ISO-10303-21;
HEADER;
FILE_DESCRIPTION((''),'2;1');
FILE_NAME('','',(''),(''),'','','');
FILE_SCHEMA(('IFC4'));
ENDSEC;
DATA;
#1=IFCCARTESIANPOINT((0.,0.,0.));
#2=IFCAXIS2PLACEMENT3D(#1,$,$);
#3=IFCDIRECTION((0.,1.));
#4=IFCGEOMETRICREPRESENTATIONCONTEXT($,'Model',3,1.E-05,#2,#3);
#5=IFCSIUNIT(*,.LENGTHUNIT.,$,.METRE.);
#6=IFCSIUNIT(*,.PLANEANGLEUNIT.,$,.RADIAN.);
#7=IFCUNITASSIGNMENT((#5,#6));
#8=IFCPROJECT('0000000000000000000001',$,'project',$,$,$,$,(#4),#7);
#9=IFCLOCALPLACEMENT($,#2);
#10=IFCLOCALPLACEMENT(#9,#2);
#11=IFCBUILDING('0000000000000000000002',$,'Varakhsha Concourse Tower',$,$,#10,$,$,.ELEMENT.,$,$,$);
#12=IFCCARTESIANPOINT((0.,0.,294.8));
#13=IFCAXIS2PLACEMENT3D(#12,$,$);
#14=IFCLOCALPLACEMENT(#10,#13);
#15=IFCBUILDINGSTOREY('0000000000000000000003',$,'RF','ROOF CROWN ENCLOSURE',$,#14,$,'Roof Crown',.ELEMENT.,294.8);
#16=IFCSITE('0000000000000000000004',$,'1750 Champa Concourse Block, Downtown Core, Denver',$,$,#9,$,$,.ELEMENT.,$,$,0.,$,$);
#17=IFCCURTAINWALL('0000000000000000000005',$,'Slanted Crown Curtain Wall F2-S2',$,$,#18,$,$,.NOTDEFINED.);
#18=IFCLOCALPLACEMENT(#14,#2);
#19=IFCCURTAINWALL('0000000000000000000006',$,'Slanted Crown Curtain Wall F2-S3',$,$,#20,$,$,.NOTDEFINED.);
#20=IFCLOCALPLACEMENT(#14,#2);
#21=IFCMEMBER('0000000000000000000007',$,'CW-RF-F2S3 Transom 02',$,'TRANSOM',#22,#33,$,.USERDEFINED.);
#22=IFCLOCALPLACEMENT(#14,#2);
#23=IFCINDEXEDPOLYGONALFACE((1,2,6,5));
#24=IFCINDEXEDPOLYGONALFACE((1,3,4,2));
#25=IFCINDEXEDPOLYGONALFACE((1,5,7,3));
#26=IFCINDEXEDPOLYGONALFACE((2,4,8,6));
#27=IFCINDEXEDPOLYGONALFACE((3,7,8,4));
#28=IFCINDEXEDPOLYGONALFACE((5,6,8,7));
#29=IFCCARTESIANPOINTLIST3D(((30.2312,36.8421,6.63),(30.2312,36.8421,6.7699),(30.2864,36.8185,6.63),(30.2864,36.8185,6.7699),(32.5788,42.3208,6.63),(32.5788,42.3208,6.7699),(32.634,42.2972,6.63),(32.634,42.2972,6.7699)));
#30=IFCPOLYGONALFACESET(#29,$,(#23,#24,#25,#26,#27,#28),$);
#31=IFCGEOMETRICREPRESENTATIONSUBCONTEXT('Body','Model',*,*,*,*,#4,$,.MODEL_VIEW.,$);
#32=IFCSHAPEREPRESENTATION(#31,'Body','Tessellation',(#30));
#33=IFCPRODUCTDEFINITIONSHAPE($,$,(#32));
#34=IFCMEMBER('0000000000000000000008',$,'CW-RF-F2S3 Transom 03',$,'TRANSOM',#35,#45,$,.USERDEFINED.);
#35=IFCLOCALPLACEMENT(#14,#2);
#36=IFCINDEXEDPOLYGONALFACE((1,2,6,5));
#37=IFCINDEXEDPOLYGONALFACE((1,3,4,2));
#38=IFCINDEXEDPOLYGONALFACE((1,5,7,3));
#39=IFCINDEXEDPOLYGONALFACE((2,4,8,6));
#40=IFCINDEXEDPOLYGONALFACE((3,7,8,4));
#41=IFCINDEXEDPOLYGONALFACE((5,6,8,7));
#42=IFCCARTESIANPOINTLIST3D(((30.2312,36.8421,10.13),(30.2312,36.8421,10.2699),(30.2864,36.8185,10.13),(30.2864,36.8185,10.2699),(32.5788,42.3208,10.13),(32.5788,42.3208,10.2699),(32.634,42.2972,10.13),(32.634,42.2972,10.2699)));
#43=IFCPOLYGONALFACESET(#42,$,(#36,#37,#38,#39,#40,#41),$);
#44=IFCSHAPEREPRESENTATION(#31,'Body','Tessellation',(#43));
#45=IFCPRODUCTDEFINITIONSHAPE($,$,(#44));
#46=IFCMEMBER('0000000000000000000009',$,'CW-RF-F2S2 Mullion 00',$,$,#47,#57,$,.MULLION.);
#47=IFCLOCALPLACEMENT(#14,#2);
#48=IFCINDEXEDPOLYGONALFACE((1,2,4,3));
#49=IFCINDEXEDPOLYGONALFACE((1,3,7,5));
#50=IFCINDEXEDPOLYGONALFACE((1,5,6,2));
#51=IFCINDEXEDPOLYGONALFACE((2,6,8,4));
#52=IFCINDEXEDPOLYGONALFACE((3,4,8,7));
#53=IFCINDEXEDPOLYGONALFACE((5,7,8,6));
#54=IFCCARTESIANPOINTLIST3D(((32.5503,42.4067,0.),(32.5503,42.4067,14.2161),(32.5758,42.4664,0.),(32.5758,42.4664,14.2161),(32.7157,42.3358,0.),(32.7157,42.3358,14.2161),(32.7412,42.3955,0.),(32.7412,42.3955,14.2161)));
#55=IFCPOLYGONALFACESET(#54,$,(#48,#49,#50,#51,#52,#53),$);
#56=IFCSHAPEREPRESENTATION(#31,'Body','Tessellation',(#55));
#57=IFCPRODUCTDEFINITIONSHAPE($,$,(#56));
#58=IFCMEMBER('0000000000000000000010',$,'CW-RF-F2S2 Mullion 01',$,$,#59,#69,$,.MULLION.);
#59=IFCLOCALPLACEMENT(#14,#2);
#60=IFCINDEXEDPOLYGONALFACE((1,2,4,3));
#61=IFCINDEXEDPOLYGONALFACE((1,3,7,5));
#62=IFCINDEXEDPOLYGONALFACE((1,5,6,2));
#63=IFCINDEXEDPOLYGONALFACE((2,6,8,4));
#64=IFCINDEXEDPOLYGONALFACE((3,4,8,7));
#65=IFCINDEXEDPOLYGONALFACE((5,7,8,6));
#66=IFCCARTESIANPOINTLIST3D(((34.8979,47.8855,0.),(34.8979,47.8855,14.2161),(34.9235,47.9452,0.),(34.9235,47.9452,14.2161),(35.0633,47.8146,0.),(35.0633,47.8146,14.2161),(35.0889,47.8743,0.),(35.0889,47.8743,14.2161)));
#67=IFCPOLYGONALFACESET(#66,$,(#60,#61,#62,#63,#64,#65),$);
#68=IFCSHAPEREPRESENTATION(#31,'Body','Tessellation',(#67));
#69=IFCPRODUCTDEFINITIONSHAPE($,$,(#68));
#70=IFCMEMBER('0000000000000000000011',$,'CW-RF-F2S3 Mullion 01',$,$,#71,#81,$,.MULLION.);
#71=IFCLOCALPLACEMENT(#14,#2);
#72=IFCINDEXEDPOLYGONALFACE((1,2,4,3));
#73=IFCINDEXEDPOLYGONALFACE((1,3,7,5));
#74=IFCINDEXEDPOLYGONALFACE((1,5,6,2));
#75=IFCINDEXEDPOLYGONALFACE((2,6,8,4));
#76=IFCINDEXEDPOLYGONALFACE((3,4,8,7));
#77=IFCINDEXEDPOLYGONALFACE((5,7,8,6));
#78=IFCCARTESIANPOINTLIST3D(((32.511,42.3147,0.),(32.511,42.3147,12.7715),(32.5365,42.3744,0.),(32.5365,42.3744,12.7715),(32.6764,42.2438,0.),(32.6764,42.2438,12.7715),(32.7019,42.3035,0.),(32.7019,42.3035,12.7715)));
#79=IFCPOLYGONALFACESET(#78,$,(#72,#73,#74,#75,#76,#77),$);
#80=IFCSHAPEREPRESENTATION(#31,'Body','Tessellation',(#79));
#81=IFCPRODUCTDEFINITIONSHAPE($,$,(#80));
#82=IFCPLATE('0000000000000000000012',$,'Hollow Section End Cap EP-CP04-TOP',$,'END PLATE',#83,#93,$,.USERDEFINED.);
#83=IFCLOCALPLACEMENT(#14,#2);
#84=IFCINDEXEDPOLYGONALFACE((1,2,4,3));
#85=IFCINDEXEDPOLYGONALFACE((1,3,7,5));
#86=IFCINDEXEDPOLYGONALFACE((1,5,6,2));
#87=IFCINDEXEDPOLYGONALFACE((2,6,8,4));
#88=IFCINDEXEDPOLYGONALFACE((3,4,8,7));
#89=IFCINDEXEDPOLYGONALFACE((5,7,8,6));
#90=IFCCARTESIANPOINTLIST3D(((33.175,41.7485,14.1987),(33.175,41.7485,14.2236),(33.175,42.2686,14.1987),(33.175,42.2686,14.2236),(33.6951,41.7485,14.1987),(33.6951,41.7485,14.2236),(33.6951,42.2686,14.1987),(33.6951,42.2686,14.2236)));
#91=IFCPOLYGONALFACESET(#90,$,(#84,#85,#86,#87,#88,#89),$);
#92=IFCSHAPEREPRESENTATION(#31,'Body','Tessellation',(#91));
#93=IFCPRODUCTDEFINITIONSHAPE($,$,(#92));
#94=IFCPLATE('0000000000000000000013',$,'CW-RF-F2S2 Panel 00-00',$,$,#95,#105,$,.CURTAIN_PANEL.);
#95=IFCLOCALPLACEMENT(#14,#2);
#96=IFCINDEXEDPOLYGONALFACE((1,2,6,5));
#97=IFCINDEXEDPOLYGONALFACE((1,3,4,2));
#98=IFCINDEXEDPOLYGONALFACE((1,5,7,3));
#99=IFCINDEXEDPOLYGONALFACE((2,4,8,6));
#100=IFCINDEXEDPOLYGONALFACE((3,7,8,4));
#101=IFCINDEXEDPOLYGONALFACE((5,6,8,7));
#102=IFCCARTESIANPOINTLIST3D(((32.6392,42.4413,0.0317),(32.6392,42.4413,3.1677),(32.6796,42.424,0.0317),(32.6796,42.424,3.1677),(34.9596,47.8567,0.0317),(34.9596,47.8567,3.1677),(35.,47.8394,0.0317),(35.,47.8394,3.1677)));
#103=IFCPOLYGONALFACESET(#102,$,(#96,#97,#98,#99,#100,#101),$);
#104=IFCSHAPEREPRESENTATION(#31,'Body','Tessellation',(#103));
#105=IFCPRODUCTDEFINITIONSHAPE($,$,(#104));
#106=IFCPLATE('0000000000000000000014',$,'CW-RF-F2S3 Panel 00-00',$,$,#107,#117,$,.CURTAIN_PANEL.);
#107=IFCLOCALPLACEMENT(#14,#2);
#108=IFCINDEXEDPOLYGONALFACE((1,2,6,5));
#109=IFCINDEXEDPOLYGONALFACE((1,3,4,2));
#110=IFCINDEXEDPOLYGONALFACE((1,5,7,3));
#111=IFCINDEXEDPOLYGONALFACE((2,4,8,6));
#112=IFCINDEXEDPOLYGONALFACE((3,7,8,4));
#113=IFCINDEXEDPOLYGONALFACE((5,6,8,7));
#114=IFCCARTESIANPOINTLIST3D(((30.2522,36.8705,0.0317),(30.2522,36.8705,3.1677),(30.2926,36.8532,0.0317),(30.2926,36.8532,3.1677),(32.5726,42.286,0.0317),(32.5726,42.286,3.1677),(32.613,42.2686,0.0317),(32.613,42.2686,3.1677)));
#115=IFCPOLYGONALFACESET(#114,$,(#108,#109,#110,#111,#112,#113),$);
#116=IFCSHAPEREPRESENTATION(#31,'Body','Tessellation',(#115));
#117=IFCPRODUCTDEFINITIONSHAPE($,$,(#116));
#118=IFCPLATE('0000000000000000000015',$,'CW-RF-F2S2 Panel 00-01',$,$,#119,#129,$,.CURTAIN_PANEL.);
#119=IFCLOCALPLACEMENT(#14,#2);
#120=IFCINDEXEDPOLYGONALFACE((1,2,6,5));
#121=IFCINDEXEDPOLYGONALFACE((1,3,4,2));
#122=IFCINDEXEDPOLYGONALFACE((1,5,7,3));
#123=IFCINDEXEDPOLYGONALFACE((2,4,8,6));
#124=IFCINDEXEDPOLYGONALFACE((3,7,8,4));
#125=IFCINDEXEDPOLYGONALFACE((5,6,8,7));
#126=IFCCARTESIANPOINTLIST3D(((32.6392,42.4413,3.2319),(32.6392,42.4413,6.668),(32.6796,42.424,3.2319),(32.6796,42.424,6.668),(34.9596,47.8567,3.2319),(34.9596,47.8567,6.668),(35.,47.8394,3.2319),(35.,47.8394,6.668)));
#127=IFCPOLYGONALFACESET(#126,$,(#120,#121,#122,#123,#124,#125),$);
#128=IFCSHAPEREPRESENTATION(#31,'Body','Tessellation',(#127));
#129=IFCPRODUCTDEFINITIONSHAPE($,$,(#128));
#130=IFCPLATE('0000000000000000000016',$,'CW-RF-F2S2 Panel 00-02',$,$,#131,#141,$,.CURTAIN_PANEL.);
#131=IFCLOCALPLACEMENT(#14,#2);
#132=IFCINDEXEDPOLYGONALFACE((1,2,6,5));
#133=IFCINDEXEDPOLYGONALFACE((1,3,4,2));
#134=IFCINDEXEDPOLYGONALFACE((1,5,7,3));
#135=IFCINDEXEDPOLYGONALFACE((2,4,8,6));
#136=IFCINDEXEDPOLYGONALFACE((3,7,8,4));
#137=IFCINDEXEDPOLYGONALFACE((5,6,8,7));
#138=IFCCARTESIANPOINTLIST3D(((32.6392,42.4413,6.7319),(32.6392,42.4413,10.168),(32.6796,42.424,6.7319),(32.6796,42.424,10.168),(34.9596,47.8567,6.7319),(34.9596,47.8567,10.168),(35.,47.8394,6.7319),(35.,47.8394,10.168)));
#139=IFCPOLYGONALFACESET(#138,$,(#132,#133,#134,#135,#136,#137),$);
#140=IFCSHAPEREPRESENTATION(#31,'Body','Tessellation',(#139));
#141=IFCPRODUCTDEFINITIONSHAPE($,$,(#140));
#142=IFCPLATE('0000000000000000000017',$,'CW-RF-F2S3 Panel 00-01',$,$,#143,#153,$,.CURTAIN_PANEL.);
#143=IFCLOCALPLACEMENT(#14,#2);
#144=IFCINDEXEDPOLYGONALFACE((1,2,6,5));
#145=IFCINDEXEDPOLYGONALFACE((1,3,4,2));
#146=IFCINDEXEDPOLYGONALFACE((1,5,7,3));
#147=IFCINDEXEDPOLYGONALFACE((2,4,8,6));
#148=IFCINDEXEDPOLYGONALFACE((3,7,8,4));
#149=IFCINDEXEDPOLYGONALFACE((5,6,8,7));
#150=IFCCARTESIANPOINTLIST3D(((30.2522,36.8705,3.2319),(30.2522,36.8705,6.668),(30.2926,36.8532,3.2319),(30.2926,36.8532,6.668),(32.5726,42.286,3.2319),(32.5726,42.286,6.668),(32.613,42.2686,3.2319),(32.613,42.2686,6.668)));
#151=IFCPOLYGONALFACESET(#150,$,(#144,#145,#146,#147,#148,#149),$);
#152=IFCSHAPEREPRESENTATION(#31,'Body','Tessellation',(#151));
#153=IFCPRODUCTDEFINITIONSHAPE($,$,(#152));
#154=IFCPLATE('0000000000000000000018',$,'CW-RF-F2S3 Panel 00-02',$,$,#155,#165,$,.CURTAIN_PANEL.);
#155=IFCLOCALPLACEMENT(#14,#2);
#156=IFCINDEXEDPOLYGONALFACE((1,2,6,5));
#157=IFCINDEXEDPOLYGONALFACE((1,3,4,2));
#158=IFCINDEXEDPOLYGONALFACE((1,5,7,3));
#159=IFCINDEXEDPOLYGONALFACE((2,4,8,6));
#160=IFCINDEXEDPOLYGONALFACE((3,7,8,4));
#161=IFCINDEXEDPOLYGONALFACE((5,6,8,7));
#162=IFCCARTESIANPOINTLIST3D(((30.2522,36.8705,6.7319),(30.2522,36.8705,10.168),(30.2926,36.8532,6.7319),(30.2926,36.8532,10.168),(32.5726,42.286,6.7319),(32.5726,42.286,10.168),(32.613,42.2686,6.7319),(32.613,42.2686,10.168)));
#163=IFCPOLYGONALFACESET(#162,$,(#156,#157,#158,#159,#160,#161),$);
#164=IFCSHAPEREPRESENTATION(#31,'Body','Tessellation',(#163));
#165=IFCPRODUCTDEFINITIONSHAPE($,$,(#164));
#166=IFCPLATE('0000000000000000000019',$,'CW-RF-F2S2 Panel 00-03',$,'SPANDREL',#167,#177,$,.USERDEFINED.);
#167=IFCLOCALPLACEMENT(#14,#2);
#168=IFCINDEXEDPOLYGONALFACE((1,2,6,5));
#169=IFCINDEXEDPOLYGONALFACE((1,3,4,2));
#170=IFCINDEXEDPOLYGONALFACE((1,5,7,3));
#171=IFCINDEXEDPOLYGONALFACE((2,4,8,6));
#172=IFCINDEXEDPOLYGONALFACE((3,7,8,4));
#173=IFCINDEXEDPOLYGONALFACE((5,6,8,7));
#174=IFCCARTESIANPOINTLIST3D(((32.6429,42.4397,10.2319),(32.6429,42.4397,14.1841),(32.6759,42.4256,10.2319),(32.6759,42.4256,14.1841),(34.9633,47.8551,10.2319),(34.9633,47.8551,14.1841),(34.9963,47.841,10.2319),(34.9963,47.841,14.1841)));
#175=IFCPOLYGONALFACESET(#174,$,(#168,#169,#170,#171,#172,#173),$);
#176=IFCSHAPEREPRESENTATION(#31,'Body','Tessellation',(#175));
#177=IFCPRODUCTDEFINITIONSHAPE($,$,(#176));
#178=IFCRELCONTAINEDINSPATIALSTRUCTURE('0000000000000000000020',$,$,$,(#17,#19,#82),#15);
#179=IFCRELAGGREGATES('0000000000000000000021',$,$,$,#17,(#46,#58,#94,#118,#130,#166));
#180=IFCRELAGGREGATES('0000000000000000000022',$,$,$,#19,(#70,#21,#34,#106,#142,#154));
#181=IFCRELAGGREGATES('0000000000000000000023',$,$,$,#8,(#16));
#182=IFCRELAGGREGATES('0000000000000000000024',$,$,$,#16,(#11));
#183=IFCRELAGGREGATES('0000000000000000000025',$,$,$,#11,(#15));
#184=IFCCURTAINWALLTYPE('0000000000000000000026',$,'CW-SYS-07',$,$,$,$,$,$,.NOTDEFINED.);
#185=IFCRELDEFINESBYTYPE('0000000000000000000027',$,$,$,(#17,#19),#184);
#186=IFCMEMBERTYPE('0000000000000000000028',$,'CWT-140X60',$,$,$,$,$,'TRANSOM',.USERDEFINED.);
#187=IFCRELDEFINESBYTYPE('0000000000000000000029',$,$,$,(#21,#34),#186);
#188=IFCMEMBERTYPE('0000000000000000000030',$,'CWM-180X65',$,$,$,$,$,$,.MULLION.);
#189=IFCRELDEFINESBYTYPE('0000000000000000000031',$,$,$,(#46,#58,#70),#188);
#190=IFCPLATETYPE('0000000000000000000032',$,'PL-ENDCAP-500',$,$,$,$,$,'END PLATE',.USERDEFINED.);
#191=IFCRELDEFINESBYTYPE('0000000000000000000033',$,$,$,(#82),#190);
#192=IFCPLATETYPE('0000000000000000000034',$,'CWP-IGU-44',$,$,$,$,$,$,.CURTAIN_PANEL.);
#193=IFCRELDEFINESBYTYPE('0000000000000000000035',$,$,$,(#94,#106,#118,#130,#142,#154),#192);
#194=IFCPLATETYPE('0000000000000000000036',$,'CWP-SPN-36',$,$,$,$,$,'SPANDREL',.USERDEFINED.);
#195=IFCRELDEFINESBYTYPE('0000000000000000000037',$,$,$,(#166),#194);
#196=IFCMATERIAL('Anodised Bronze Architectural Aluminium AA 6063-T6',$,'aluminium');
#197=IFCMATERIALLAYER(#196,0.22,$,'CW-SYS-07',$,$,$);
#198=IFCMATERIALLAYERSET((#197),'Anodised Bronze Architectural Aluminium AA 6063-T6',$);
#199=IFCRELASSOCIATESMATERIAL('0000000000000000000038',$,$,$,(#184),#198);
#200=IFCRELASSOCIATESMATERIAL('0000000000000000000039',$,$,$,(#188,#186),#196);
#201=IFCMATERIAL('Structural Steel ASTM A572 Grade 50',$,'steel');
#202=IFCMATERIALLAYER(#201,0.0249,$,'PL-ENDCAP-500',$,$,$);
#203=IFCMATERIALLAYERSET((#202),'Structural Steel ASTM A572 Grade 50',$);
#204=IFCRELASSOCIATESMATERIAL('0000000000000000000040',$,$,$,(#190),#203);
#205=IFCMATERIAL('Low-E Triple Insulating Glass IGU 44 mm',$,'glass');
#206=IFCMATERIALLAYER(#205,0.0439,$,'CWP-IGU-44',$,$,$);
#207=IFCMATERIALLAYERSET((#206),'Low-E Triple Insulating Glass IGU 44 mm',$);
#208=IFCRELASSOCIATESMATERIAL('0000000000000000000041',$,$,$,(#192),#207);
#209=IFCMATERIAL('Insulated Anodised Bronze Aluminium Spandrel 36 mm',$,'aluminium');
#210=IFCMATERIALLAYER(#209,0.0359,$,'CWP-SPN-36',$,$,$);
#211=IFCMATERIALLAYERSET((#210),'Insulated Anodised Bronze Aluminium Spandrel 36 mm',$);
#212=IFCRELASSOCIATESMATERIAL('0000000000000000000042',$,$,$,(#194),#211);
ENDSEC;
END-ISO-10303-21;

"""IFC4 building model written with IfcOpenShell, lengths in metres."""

from ifc_helpers import new_model, si_unit, direction, frame, origin, origin_2d, place, context, subcontext, project, spatial, rectangle, extrude, source, transform, mapped, material, layer, layer_set, material_profile, profile_set, type_object, type_shapes, element, aggregate, save


model = new_model("IFC4")

# Units and contexts
model_context = context("Model", 3, precision=1e-05, world=origin(), true_north=direction((0.0, 1.0)))
body_context = subcontext(model_context, "Body", "Model", "MODEL_VIEW")
ifc_project = project(units=[si_unit("LENGTHUNIT", "METRE"), si_unit("PLANEANGLEUNIT", "RADIAN")], contexts=[model_context])

# Site, building, storey
site_placement = place(None, origin())
site = spatial("IfcSite", under=ifc_project, at=site_placement, Name="1750 Champa Concourse Block, Downtown Core, Denver", CompositionType="ELEMENT", RefElevation=0.0)
building_placement = place(site_placement, origin())
building = spatial("IfcBuilding", under=site, at=building_placement, Name="Varakhsha Concourse Tower", CompositionType="ELEMENT")
storey_placement = place(building_placement, frame((0.0, 0.0, 294.8)))
storey = spatial("IfcBuildingStorey", under=building, at=storey_placement, Name="RF", Description="ROOF CROWN ENCLOSURE", LongName="Roof Crown", CompositionType="ELEMENT", Elevation=294.8)

# Shared definitions
ifc_material_1 = material(Name="Structural Steel ASTM A572 Grade 50", Category="steel")

# Shared definitions
ifc_material_2 = material(Name="Anodised Bronze Architectural Aluminium AA 6063-T6", Category="aluminium")
ifc_layer_1 = layer(ifc_material_2, 0.22, Name="CW-SYS-07")
ifc_layer_set_1 = layer_set([ifc_layer_1], Name="Anodised Bronze Architectural Aluminium AA 6063-T6")
curtain_wall_type = type_object("IfcCurtainWallType", Name="CW-SYS-07", PredefinedType="NOTDEFINED", material=ifc_layer_set_1)
ifc_material_profile_1 = material_profile(ifc_material_2, rectangle(XDim=0.0649, YDim=0.1799, at=origin_2d()), Name="CWM-180X65")
ifc_profile_set_1 = profile_set([ifc_material_profile_1], Name="Anodised Bronze Architectural Aluminium AA 6063-T6")
member_type_1 = type_object("IfcMemberType", Name="CWM-180X65", PredefinedType="MULLION", material=ifc_profile_set_1)

# Curtain walls, members
curtain_wall_1_placement = place(storey_placement, origin())
curtain_wall_1 = element("IfcCurtainWall", 1, at=curtain_wall_1_placement, inside=storey, type_object=curtain_wall_type, Name="Slanted Crown Curtain Wall F2-S2", PredefinedType="NOTDEFINED")
ifc_material_profile_2 = material_profile(ifc_material_2, rectangle(XDim=0.0601, YDim=0.1399, at=origin_2d()), Name="CWT-140X60")
ifc_profile_set_2 = profile_set([ifc_material_profile_2], Name="Anodised Bronze Architectural Aluminium AA 6063-T6")
member_type_2 = type_object("IfcMemberType", Name="CWT-140X60", ElementType="TRANSOM", PredefinedType="USERDEFINED", material=ifc_profile_set_2)
shared_shape_1 = source(origin(), body_context, "Body", "SweptSolid", [
    extrude(rectangle(XDim=0.0601, YDim=0.1399, at=origin_2d()), origin(), (0.0, 0.0, 1.0), 5.9604),
])
type_shapes(member_type_2, [shared_shape_1])
curtain_wall_2_placement = place(storey_placement, origin())
curtain_wall_2 = element("IfcCurtainWall", 2, at=curtain_wall_2_placement, inside=storey, type_object=curtain_wall_type, Name="Slanted Crown Curtain Wall F2-S3", PredefinedType="NOTDEFINED")
member_1_placement = place(storey_placement, frame((30.2588, 36.8303, 6.7), z_axis=(0.393865, 0.919168, 0.0), x_axis=(-0.919168, 0.393865, 0.0)))
member_1 = element("IfcMember", 3, at=member_1_placement, type_object=member_type_2, Name="CW-RF-F2S3 Transom 02", ObjectType="TRANSOM", PredefinedType="USERDEFINED", context=body_context, shape_type="MappedRepresentation", body=[
    mapped(shared_shape_1, transform((0.0, 0.0, 0.0), scale=1.0)),
])
member_2_placement = place(storey_placement, frame((30.2588, 36.8303, 10.2), z_axis=(0.393865, 0.919168, 0.0), x_axis=(-0.919168, 0.393865, 0.0)))
member_2 = element("IfcMember", 4, at=member_2_placement, type_object=member_type_2, Name="CW-RF-F2S3 Transom 03", ObjectType="TRANSOM", PredefinedType="USERDEFINED", context=body_context, shape_type="MappedRepresentation", body=[
    mapped(shared_shape_1, transform((0.0, 0.0, 0.0), scale=1.0)),
])

# Members
shared_shape_2 = source(origin(), body_context, "Body", "SweptSolid", [
    extrude(rectangle(XDim=0.0649, YDim=0.1799, at=origin_2d()), origin(), (0.0, 0.0, 1.0), 14.2161),
])
member_3_placement = place(storey_placement, frame((32.6458, 42.4011, 0.0), z_axis=(0.0, 0.0, 1.0), x_axis=(0.393855, 0.919172, 0.0)))
member_3 = element("IfcMember", 5, at=member_3_placement, type_object=member_type_1, Name="CW-RF-F2S2 Mullion 00", PredefinedType="MULLION", context=body_context, shape_type="MappedRepresentation", body=[
    mapped(shared_shape_2, transform((0.0, 0.0, 0.0), scale=1.0)),
])
member_4_placement = place(storey_placement, frame((34.9934, 47.8799, 0.0), z_axis=(0.0, 0.0, 1.0), x_axis=(0.393855, 0.919172, 0.0)))
member_4 = element("IfcMember", 6, at=member_4_placement, type_object=member_type_1, Name="CW-RF-F2S2 Mullion 01", PredefinedType="MULLION", context=body_context, shape_type="MappedRepresentation", body=[
    mapped(shared_shape_2, transform((0.0, 0.0, 0.0), scale=1.0)),
])
shared_shape_3 = source(origin(), body_context, "Body", "SweptSolid", [
    extrude(rectangle(XDim=0.0649, YDim=0.1799, at=origin_2d()), origin(), (0.0, 0.0, 1.0), 12.7715),
])
member_5_placement = place(storey_placement, frame((32.6064, 42.3091, 0.0), z_axis=(0.0, 0.0, 1.0), x_axis=(0.393841, 0.919179, 0.0)))
member_5 = element("IfcMember", 7, at=member_5_placement, type_object=member_type_1, Name="CW-RF-F2S3 Mullion 01", PredefinedType="MULLION", context=body_context, shape_type="MappedRepresentation", body=[
    mapped(shared_shape_3, transform((0.0, 0.0, 0.0), scale=1.0)),
])

# Plates
ifc_layer_2 = layer(ifc_material_1, 0.0249, Name="PL-ENDCAP-500")
ifc_layer_set_2 = layer_set([ifc_layer_2], Name="Structural Steel ASTM A572 Grade 50")
plate_type_1 = type_object("IfcPlateType", Name="PL-ENDCAP-500", ElementType="END PLATE", PredefinedType="USERDEFINED", material=ifc_layer_set_2)
shared_shape_4 = source(origin(), body_context, "Body", "SweptSolid", [
    extrude(rectangle(XDim=0.52, YDim=0.52, at=origin_2d()), origin(), (0.0, 0.0, 1.0), 0.0249),
])
type_shapes(plate_type_1, [shared_shape_4])
plate_1_placement = place(storey_placement, frame((33.4351, 42.0085, 14.1987), z_axis=(0.0, 0.0, 1.0), x_axis=(1.0, 0.0, 0.0)))
element("IfcPlate", 8, at=plate_1_placement, inside=storey, type_object=plate_type_1, Name="Hollow Section End Cap EP-CP04-TOP", ObjectType="END PLATE", PredefinedType="USERDEFINED", context=body_context, shape_type="MappedRepresentation", body=[
    mapped(shared_shape_4, transform((0.0, 0.0, 0.0), scale=1.0)),
])
ifc_material_3 = material(Name="Low-E Triple Insulating Glass IGU 44 mm", Category="glass")
ifc_layer_3 = layer(ifc_material_3, 0.0439, Name="CWP-IGU-44")
ifc_layer_set_3 = layer_set([ifc_layer_3], Name="Low-E Triple Insulating Glass IGU 44 mm")
plate_type_2 = type_object("IfcPlateType", Name="CWP-IGU-44", PredefinedType="CURTAIN_PANEL", material=ifc_layer_set_3)
shared_shape_5 = source(origin(), body_context, "Body", "SweptSolid", [
    extrude(rectangle(XDim=5.8916, YDim=0.0439, at=origin_2d()), origin(), (0.0, 0.0, 1.0), 3.136),
])
plate_2_placement = place(storey_placement, frame((33.8196, 45.1404, 0.0317), z_axis=(0.0, 0.0, 1.0), x_axis=(0.393855, 0.919172, 0.0)))
plate_2 = element("IfcPlate", 9, at=plate_2_placement, type_object=plate_type_2, Name="CW-RF-F2S2 Panel 00-00", PredefinedType="CURTAIN_PANEL", context=body_context, shape_type="MappedRepresentation", body=[
    mapped(shared_shape_5, transform((0.0, 0.0, 0.0), scale=1.0)),
])
plate_3_placement = place(storey_placement, frame((31.4326, 39.5696, 0.0317), z_axis=(0.0, 0.0, 1.0), x_axis=(0.393841, 0.919179, 0.0)))
plate_3 = element("IfcPlate", 10, at=plate_3_placement, type_object=plate_type_2, Name="CW-RF-F2S3 Panel 00-00", PredefinedType="CURTAIN_PANEL", context=body_context, shape_type="MappedRepresentation", body=[
    mapped(shared_shape_5, transform((0.0, 0.0, 0.0), scale=1.0)),
])
shared_shape_6 = source(origin(), body_context, "Body", "SweptSolid", [
    extrude(rectangle(XDim=5.8916, YDim=0.0439, at=origin_2d()), origin(), (0.0, 0.0, 1.0), 3.436),
])
type_shapes(plate_type_2, [shared_shape_5, shared_shape_6])
plate_4_placement = place(storey_placement, frame((33.8196, 45.1404, 3.2319), z_axis=(0.0, 0.0, 1.0), x_axis=(0.393855, 0.919172, 0.0)))
plate_4 = element("IfcPlate", 11, at=plate_4_placement, type_object=plate_type_2, Name="CW-RF-F2S2 Panel 00-01", PredefinedType="CURTAIN_PANEL", context=body_context, shape_type="MappedRepresentation", body=[
    mapped(shared_shape_6, transform((0.0, 0.0, 0.0), scale=1.0)),
])
plate_5_placement = place(storey_placement, frame((33.8196, 45.1404, 6.7319), z_axis=(0.0, 0.0, 1.0), x_axis=(0.393855, 0.919172, 0.0)))
plate_5 = element("IfcPlate", 12, at=plate_5_placement, type_object=plate_type_2, Name="CW-RF-F2S2 Panel 00-02", PredefinedType="CURTAIN_PANEL", context=body_context, shape_type="MappedRepresentation", body=[
    mapped(shared_shape_6, transform((0.0, 0.0, 0.0), scale=1.0)),
])
plate_6_placement = place(storey_placement, frame((31.4326, 39.5696, 3.2319), z_axis=(0.0, 0.0, 1.0), x_axis=(0.393841, 0.919179, 0.0)))
plate_6 = element("IfcPlate", 13, at=plate_6_placement, type_object=plate_type_2, Name="CW-RF-F2S3 Panel 00-01", PredefinedType="CURTAIN_PANEL", context=body_context, shape_type="MappedRepresentation", body=[
    mapped(shared_shape_6, transform((0.0, 0.0, 0.0), scale=1.0)),
])
plate_7_placement = place(storey_placement, frame((31.4326, 39.5696, 6.7319), z_axis=(0.0, 0.0, 1.0), x_axis=(0.393841, 0.919179, 0.0)))
plate_7 = element("IfcPlate", 14, at=plate_7_placement, type_object=plate_type_2, Name="CW-RF-F2S3 Panel 00-02", PredefinedType="CURTAIN_PANEL", context=body_context, shape_type="MappedRepresentation", body=[
    mapped(shared_shape_6, transform((0.0, 0.0, 0.0), scale=1.0)),
])
ifc_material_4 = material(Name="Insulated Anodised Bronze Aluminium Spandrel 36 mm", Category="aluminium")
ifc_layer_4 = layer(ifc_material_4, 0.0359, Name="CWP-SPN-36")
ifc_layer_set_4 = layer_set([ifc_layer_4], Name="Insulated Anodised Bronze Aluminium Spandrel 36 mm")
plate_type_3 = type_object("IfcPlateType", Name="CWP-SPN-36", ElementType="SPANDREL", PredefinedType="USERDEFINED", material=ifc_layer_set_4)
shared_shape_7 = source(origin(), body_context, "Body", "SweptSolid", [
    extrude(rectangle(XDim=5.8916, YDim=0.0359, at=origin_2d()), origin(), (0.0, 0.0, 1.0), 3.9521),
])
plate_8_placement = place(storey_placement, frame((33.8196, 45.1404, 10.2319), z_axis=(0.0, 0.0, 1.0), x_axis=(0.393855, 0.919172, 0.0)))
plate_8 = element("IfcPlate", 15, at=plate_8_placement, type_object=plate_type_3, Name="CW-RF-F2S2 Panel 00-03", ObjectType="SPANDREL", PredefinedType="USERDEFINED", context=body_context, shape_type="MappedRepresentation", body=[
    mapped(shared_shape_7, transform((0.0, 0.0, 0.0), scale=1.0)),
])
aggregate(curtain_wall_1, [member_3, member_4, plate_2, plate_4, plate_5, plate_8])
aggregate(curtain_wall_2, [member_5, member_1, member_2, plate_3, plate_6, plate_7])

save(model, "model.ifc")
